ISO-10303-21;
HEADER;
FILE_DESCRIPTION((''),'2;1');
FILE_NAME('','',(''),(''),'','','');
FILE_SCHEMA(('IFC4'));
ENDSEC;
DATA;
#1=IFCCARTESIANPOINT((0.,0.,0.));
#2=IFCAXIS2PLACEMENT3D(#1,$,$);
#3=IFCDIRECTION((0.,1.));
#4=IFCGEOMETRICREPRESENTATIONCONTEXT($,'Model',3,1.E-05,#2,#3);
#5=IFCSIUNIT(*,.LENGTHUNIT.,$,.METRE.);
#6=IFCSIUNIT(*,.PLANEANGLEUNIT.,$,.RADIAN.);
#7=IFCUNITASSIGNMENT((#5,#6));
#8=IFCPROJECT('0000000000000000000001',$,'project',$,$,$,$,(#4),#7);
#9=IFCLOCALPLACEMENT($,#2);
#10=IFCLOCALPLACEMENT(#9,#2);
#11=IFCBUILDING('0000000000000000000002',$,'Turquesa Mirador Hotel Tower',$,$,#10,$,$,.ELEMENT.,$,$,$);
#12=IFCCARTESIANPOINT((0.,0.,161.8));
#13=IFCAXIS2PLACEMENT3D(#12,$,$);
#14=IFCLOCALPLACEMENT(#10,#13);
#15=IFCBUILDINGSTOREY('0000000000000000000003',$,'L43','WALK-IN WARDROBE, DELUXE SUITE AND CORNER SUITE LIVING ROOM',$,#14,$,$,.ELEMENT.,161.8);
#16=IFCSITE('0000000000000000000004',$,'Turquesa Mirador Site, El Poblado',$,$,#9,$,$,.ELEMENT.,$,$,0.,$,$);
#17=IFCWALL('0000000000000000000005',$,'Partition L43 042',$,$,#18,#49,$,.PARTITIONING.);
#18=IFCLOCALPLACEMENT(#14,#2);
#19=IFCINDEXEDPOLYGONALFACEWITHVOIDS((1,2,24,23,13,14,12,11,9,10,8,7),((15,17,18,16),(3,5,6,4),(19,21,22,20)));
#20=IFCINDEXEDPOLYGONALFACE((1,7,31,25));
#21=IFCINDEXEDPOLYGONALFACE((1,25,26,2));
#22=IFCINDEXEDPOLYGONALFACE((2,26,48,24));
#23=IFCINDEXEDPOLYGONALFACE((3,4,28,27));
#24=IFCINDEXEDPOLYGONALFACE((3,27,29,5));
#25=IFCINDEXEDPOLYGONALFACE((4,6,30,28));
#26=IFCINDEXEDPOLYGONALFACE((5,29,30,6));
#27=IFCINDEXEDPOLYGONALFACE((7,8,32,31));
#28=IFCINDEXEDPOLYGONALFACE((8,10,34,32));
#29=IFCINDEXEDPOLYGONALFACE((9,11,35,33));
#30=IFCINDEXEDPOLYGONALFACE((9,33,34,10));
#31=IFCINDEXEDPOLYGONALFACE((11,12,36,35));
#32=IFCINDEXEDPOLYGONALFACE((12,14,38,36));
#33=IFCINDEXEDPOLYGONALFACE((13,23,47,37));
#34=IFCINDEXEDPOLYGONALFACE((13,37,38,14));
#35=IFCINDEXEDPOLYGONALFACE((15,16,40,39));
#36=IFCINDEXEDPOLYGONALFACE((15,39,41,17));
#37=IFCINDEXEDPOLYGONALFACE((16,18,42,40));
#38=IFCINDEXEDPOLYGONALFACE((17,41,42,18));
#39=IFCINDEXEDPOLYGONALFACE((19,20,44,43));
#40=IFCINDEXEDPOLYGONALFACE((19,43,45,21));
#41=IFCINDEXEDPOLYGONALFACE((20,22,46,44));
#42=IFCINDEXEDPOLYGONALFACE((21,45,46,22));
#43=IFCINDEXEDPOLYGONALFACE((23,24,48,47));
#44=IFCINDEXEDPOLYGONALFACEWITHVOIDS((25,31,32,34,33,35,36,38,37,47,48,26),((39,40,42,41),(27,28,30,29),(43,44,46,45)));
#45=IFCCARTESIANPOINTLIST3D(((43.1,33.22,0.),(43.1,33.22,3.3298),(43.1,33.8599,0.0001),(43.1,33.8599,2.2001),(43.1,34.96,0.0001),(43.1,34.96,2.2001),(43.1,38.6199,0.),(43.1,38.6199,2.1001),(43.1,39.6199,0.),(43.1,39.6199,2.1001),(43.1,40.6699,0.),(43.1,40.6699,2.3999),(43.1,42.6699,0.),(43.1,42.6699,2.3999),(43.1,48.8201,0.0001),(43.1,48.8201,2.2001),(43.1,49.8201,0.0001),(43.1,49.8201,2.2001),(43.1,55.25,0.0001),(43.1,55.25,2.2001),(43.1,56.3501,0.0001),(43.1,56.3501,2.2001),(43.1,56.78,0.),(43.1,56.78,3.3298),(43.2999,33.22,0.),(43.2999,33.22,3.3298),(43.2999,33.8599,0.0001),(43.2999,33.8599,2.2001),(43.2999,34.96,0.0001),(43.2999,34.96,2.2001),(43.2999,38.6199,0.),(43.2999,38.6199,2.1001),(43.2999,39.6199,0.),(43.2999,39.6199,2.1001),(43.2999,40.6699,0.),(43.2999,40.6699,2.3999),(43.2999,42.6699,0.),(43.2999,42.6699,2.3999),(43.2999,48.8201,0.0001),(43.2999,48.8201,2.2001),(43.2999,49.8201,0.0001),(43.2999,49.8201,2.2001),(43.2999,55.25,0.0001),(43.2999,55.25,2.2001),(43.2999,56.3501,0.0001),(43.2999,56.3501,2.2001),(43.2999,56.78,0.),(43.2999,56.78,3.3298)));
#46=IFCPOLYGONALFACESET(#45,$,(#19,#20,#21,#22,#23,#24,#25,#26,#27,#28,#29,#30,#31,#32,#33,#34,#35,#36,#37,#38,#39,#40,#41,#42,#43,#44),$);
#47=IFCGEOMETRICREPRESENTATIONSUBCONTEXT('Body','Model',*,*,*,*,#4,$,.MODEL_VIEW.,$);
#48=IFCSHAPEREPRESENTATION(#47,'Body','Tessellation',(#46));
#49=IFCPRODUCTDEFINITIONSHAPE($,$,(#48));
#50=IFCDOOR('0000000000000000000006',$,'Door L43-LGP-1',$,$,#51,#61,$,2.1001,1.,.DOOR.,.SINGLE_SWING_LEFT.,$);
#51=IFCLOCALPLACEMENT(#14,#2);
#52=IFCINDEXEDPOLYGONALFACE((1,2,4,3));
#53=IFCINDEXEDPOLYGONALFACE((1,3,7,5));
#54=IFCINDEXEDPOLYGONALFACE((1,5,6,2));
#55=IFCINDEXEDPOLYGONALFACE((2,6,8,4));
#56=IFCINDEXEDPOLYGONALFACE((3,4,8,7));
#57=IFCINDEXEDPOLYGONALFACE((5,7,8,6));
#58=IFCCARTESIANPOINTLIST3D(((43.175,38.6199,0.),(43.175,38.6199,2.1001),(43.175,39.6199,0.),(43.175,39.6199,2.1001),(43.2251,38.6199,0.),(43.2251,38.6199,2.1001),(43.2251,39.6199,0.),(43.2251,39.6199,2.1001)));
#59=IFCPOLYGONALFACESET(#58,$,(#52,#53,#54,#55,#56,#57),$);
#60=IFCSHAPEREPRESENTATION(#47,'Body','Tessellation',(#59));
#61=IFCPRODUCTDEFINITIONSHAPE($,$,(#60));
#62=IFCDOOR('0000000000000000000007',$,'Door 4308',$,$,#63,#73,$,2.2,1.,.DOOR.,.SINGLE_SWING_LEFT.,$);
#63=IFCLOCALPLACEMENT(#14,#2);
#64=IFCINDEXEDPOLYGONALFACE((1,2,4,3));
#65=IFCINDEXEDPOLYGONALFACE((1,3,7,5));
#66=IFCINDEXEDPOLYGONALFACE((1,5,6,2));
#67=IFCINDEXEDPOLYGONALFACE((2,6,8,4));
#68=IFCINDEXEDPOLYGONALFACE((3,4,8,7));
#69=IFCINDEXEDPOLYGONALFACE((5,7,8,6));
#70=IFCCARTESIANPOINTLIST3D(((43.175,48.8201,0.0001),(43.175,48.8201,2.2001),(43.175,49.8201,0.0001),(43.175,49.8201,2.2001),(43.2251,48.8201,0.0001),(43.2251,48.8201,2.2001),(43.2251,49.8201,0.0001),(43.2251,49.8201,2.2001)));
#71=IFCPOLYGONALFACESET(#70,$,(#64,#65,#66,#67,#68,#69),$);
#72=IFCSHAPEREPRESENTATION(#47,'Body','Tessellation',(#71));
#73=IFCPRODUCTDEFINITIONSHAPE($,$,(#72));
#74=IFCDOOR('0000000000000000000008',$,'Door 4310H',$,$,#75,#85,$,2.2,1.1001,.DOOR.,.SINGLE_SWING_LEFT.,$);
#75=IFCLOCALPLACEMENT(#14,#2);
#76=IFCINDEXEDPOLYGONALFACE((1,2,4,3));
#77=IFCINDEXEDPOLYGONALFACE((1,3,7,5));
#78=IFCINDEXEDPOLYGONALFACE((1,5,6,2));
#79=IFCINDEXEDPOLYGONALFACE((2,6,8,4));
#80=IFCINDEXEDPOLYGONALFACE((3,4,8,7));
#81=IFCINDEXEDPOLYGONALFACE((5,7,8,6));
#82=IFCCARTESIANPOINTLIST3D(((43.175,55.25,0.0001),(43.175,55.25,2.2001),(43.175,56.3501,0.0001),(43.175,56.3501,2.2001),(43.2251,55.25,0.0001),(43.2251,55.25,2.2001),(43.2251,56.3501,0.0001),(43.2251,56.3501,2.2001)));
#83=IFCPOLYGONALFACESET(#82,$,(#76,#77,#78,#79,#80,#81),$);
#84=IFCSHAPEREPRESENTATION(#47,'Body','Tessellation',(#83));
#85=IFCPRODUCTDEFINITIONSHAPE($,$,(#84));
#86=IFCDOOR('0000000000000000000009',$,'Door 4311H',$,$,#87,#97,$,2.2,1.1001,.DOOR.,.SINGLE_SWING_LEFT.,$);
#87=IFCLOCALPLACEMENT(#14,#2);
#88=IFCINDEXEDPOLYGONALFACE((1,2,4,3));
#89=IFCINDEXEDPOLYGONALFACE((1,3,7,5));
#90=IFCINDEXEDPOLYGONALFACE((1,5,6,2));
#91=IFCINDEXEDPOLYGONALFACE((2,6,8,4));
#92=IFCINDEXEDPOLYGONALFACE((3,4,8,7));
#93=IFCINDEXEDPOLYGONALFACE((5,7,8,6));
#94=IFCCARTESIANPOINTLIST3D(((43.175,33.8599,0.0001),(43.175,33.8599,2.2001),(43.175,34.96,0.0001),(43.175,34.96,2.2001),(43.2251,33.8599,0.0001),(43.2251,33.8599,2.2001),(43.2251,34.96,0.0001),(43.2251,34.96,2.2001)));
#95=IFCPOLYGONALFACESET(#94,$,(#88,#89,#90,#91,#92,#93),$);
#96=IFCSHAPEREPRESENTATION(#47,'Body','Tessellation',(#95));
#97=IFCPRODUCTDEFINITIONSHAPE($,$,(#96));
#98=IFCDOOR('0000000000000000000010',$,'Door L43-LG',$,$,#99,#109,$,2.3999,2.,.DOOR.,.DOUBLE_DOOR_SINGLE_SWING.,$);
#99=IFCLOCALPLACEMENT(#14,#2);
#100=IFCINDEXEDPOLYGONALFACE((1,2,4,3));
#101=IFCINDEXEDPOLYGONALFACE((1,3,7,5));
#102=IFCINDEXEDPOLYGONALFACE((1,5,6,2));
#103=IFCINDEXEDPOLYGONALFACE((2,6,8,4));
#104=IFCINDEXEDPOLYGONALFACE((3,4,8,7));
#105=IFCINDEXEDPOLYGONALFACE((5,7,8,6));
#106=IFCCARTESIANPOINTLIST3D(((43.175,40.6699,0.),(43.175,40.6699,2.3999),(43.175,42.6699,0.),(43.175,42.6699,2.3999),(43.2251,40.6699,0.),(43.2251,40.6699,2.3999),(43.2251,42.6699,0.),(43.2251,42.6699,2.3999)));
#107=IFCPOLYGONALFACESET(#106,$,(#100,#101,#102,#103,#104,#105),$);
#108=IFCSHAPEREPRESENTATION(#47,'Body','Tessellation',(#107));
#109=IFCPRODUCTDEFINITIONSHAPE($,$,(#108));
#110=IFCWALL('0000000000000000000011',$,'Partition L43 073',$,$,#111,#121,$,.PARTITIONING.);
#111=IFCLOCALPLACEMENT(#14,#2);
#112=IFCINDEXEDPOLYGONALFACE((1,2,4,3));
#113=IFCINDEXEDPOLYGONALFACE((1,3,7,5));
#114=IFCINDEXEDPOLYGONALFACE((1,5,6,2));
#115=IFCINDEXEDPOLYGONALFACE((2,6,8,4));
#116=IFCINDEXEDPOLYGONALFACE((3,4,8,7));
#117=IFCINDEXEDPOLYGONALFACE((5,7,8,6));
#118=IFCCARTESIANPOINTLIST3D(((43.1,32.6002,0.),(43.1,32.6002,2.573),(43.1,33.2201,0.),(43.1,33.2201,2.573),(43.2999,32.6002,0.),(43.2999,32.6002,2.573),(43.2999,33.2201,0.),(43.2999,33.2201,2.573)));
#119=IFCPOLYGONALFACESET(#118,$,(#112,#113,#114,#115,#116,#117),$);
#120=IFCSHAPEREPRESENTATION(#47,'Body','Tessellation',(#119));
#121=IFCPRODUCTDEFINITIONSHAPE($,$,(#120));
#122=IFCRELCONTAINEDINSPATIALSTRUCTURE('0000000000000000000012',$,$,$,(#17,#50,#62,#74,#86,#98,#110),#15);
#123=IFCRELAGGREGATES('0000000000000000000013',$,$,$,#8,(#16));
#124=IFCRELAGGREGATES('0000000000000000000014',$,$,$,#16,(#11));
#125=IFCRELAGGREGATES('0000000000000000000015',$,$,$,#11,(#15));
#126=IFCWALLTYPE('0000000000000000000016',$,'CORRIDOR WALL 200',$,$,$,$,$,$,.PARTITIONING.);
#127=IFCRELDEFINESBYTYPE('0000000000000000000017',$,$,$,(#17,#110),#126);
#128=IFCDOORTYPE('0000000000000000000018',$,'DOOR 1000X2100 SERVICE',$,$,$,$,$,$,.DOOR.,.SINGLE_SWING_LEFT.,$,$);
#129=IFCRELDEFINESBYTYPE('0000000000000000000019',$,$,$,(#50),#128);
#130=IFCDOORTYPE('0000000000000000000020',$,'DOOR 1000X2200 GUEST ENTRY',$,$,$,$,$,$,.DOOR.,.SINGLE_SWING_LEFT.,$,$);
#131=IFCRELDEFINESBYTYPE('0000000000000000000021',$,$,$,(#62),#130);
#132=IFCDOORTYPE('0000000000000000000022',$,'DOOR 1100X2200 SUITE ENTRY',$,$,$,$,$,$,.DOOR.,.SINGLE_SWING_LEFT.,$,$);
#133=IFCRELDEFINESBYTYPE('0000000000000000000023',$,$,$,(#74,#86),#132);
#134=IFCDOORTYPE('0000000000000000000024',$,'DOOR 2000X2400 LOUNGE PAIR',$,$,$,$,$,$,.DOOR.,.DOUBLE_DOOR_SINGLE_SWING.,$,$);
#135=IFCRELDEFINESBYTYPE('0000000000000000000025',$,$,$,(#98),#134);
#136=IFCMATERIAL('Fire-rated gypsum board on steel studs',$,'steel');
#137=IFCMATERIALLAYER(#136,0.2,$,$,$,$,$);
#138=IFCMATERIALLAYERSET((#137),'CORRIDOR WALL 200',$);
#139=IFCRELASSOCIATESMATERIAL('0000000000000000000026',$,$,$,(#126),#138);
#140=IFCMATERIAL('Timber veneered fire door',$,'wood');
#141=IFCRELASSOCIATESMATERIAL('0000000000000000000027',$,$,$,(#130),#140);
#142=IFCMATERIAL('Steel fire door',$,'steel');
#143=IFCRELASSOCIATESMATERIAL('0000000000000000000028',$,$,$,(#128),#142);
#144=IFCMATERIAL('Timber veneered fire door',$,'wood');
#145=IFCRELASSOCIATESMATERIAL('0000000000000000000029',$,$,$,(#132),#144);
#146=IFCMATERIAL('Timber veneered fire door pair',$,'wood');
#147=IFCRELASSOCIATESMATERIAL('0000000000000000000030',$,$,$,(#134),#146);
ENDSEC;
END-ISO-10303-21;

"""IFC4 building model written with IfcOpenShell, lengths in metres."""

from ifc_helpers import new_model, si_unit, direction, frame, frame_2d, origin, place, context, subcontext, project, spatial, rectangle, extrude, material, layer, layer_set, type_object, element, fill, save


model = new_model("IFC4")

# Units and contexts
model_context = context("Model", 3, precision=1e-05, world=origin(), true_north=direction((0.0, 1.0)))
body_context = subcontext(model_context, "Body", "Model", "MODEL_VIEW")
ifc_project = project(units=[si_unit("LENGTHUNIT", "METRE"), si_unit("PLANEANGLEUNIT", "RADIAN")], contexts=[model_context])

# Site, building, storey
site_placement = place(None, origin())
site = spatial("IfcSite", under=ifc_project, at=site_placement, Name="Turquesa Mirador Site, El Poblado", CompositionType="ELEMENT", RefElevation=0.0)
building_placement = place(site_placement, origin())
building = spatial("IfcBuilding", under=site, at=building_placement, Name="Turquesa Mirador Hotel Tower", CompositionType="ELEMENT")
storey_placement = place(building_placement, frame((0.0, 0.0, 161.8)))
storey = spatial("IfcBuildingStorey", under=building, at=storey_placement, Name="L43", Description="WALK-IN WARDROBE, DELUXE SUITE AND CORNER SUITE LIVING ROOM", CompositionType="ELEMENT", Elevation=161.8)

# Wall, openings, doors
ifc_material_1 = material(Name="Fire-rated gypsum board on steel studs", Category="steel")
ifc_layer_1 = layer(ifc_material_1, 0.2)
ifc_layer_set_1 = layer_set([ifc_layer_1], Name="CORRIDOR WALL 200")
wall_type_1 = type_object("IfcWallType", Name="CORRIDOR WALL 200", PredefinedType="PARTITIONING", material=ifc_layer_set_1)
ifc_material_2 = material(Name="Timber veneered fire door", Category="wood")
door_type_1 = type_object("IfcDoorType", Name="DOOR 1000X2200 GUEST ENTRY", OperationType="SINGLE_SWING_LEFT", PredefinedType="DOOR", material=ifc_material_2)
wall_1_placement = place(storey_placement, frame((43.2, 33.22, 0.0), z_axis=(0.0, 0.0, 1.0), x_axis=(0.0, 1.0, 0.0)))
wall_1 = element("IfcWall", 1, at=wall_1_placement, inside=storey, type_object=wall_type_1, Name="Partition L43 042", PredefinedType="PARTITIONING", context=body_context, shape_type="SweptSolid", body=[
    extrude(rectangle(XDim=23.5601, YDim=0.2, at=frame_2d((11.78, 0.0))), origin(), (0.0, 0.0, 1.0), 3.3298),
])
opening_1_placement = place(wall_1_placement, frame((15.6001, 0.0, 0.0)))
opening_1 = element("IfcOpeningElement", 2, at=opening_1_placement, cuts=wall_1, PredefinedType="OPENING", context=body_context, shape_type="SweptSolid", body=[
    extrude(rectangle(XDim=1.0, YDim=2.2, at=frame_2d((0.5, 1.1001))), frame((0.0, 0.1099, 0.0), z_axis=(0.0, -1.0, 0.0), x_axis=(1.0, 0.0, 0.0)), (0.0, 0.0, 1.0), 0.22),
])
opening_2_placement = place(wall_1_placement, frame((22.03, 0.0, 0.0)))
opening_2 = element("IfcOpeningElement", 3, at=opening_2_placement, cuts=wall_1, PredefinedType="OPENING", context=body_context, shape_type="SweptSolid", body=[
    extrude(rectangle(XDim=1.1001, YDim=2.2, at=frame_2d((0.55, 1.1001))), frame((0.0, 0.1099, 0.0), z_axis=(0.0, -1.0, 0.0), x_axis=(1.0, 0.0, 0.0)), (0.0, 0.0, 1.0), 0.22),
])
opening_3_placement = place(wall_1_placement, frame((0.6399, 0.0, 0.0)))
opening_3 = element("IfcOpeningElement", 4, at=opening_3_placement, cuts=wall_1, PredefinedType="OPENING", context=body_context, shape_type="SweptSolid", body=[
    extrude(rectangle(XDim=1.1001, YDim=2.2, at=frame_2d((0.55, 1.1001))), frame((0.0, 0.1099, 0.0), z_axis=(0.0, -1.0, 0.0), x_axis=(1.0, 0.0, 0.0)), (0.0, 0.0, 1.0), 0.22),
])
opening_4_placement = place(wall_1_placement, frame((7.45, 0.0, 0.0)))
opening_4 = element("IfcOpeningElement", 5, at=opening_4_placement, cuts=wall_1, PredefinedType="OPENING", context=body_context, shape_type="SweptSolid", body=[
    extrude(rectangle(XDim=2.0, YDim=2.3999, at=frame_2d((1.0, 1.2))), frame((0.0, 0.1099, 0.0), z_axis=(0.0, -1.0, 0.0), x_axis=(1.0, 0.0, 0.0)), (0.0, 0.0, 1.0), 0.22),
])
opening_5_placement = place(wall_1_placement, frame((5.3999, 0.0, 0.0)))
opening_5 = element("IfcOpeningElement", 6, at=opening_5_placement, cuts=wall_1, PredefinedType="OPENING", context=body_context, shape_type="SweptSolid", body=[
    extrude(rectangle(XDim=1.0, YDim=2.1001, at=frame_2d((0.5, 1.05))), frame((0.0, 0.1099, 0.0), z_axis=(0.0, -1.0, 0.0), x_axis=(1.0, 0.0, 0.0)), (0.0, 0.0, 1.0), 0.22),
])
ifc_material_3 = material(Name="Steel fire door", Category="steel")
door_type_2 = type_object("IfcDoorType", Name="DOOR 1000X2100 SERVICE", OperationType="SINGLE_SWING_LEFT", PredefinedType="DOOR", material=ifc_material_3)
door_1_placement = place(opening_5_placement, origin())
door_1 = element("IfcDoor", 7, at=door_1_placement, inside=storey, type_object=door_type_2, Name="Door L43-LGP-1", OperationType="SINGLE_SWING_LEFT", OverallHeight=2.1001, OverallWidth=1.0, PredefinedType="DOOR", context=body_context, shape_type="SweptSolid", body=[
    extrude(rectangle(XDim=1.0, YDim=2.1001, at=frame_2d((0.5, 1.05))), frame((0.0, 0.0249, 0.0), z_axis=(0.0, -1.0, 0.0), x_axis=(1.0, 0.0, 0.0)), (0.0, 0.0, 1.0), 0.05),
])
fill(opening_5, door_1)
door_2_placement = place(opening_1_placement, origin())
door_2 = element("IfcDoor", 8, at=door_2_placement, inside=storey, type_object=door_type_1, Name="Door 4308", OperationType="SINGLE_SWING_LEFT", OverallHeight=2.2, OverallWidth=1.0, PredefinedType="DOOR", context=body_context, shape_type="SweptSolid", body=[
    extrude(rectangle(XDim=1.0, YDim=2.2, at=frame_2d((0.5, 1.1001))), frame((0.0, 0.0249, 0.0), z_axis=(0.0, -1.0, 0.0), x_axis=(1.0, 0.0, 0.0)), (0.0, 0.0, 1.0), 0.05),
])
fill(opening_1, door_2)
ifc_material_4 = material(Name="Timber veneered fire door", Category="wood")
door_type_3 = type_object("IfcDoorType", Name="DOOR 1100X2200 SUITE ENTRY", OperationType="SINGLE_SWING_LEFT", PredefinedType="DOOR", material=ifc_material_4)
door_3_placement = place(opening_2_placement, origin())
door_3 = element("IfcDoor", 9, at=door_3_placement, inside=storey, type_object=door_type_3, Name="Door 4310H", OperationType="SINGLE_SWING_LEFT", OverallHeight=2.2, OverallWidth=1.1001, PredefinedType="DOOR", context=body_context, shape_type="SweptSolid", body=[
    extrude(rectangle(XDim=1.1001, YDim=2.2, at=frame_2d((0.55, 1.1001))), frame((0.0, 0.0249, 0.0), z_axis=(0.0, -1.0, 0.0), x_axis=(1.0, 0.0, 0.0)), (0.0, 0.0, 1.0), 0.05),
])
fill(opening_2, door_3)
door_4_placement = place(opening_3_placement, origin())
door_4 = element("IfcDoor", 10, at=door_4_placement, inside=storey, type_object=door_type_3, Name="Door 4311H", OperationType="SINGLE_SWING_LEFT", OverallHeight=2.2, OverallWidth=1.1001, PredefinedType="DOOR", context=body_context, shape_type="SweptSolid", body=[
    extrude(rectangle(XDim=1.1001, YDim=2.2, at=frame_2d((0.55, 1.1001))), frame((0.0, 0.0249, 0.0), z_axis=(0.0, -1.0, 0.0), x_axis=(1.0, 0.0, 0.0)), (0.0, 0.0, 1.0), 0.05),
])
fill(opening_3, door_4)
ifc_material_5 = material(Name="Timber veneered fire door pair", Category="wood")
door_type_4 = type_object("IfcDoorType", Name="DOOR 2000X2400 LOUNGE PAIR", OperationType="DOUBLE_DOOR_SINGLE_SWING", PredefinedType="DOOR", material=ifc_material_5)
door_5_placement = place(opening_4_placement, origin())
door_5 = element("IfcDoor", 11, at=door_5_placement, inside=storey, type_object=door_type_4, Name="Door L43-LG", OperationType="DOUBLE_DOOR_SINGLE_SWING", OverallHeight=2.3999, OverallWidth=2.0, PredefinedType="DOOR", context=body_context, shape_type="SweptSolid", body=[
    extrude(rectangle(XDim=2.0, YDim=2.3999, at=frame_2d((1.0, 1.2))), frame((0.0, 0.0249, 0.0), z_axis=(0.0, -1.0, 0.0), x_axis=(1.0, 0.0, 0.0)), (0.0, 0.0, 1.0), 0.05),
])
fill(opening_4, door_5)

# Wall
wall_2_placement = place(storey_placement, frame((43.2, 32.6001, 0.0), z_axis=(0.0, 0.0, 1.0), x_axis=(0.0, 1.0, 0.0)))
element("IfcWall", 12, at=wall_2_placement, inside=storey, type_object=wall_type_1, Name="Partition L43 073", PredefinedType="PARTITIONING", context=body_context, shape_type="SweptSolid", body=[
    extrude(rectangle(XDim=0.6199, YDim=0.2, at=frame_2d((0.3101, 0.0))), origin(), (0.0, 0.0, 1.0), 2.573),
])

save(model, "model.ifc")
